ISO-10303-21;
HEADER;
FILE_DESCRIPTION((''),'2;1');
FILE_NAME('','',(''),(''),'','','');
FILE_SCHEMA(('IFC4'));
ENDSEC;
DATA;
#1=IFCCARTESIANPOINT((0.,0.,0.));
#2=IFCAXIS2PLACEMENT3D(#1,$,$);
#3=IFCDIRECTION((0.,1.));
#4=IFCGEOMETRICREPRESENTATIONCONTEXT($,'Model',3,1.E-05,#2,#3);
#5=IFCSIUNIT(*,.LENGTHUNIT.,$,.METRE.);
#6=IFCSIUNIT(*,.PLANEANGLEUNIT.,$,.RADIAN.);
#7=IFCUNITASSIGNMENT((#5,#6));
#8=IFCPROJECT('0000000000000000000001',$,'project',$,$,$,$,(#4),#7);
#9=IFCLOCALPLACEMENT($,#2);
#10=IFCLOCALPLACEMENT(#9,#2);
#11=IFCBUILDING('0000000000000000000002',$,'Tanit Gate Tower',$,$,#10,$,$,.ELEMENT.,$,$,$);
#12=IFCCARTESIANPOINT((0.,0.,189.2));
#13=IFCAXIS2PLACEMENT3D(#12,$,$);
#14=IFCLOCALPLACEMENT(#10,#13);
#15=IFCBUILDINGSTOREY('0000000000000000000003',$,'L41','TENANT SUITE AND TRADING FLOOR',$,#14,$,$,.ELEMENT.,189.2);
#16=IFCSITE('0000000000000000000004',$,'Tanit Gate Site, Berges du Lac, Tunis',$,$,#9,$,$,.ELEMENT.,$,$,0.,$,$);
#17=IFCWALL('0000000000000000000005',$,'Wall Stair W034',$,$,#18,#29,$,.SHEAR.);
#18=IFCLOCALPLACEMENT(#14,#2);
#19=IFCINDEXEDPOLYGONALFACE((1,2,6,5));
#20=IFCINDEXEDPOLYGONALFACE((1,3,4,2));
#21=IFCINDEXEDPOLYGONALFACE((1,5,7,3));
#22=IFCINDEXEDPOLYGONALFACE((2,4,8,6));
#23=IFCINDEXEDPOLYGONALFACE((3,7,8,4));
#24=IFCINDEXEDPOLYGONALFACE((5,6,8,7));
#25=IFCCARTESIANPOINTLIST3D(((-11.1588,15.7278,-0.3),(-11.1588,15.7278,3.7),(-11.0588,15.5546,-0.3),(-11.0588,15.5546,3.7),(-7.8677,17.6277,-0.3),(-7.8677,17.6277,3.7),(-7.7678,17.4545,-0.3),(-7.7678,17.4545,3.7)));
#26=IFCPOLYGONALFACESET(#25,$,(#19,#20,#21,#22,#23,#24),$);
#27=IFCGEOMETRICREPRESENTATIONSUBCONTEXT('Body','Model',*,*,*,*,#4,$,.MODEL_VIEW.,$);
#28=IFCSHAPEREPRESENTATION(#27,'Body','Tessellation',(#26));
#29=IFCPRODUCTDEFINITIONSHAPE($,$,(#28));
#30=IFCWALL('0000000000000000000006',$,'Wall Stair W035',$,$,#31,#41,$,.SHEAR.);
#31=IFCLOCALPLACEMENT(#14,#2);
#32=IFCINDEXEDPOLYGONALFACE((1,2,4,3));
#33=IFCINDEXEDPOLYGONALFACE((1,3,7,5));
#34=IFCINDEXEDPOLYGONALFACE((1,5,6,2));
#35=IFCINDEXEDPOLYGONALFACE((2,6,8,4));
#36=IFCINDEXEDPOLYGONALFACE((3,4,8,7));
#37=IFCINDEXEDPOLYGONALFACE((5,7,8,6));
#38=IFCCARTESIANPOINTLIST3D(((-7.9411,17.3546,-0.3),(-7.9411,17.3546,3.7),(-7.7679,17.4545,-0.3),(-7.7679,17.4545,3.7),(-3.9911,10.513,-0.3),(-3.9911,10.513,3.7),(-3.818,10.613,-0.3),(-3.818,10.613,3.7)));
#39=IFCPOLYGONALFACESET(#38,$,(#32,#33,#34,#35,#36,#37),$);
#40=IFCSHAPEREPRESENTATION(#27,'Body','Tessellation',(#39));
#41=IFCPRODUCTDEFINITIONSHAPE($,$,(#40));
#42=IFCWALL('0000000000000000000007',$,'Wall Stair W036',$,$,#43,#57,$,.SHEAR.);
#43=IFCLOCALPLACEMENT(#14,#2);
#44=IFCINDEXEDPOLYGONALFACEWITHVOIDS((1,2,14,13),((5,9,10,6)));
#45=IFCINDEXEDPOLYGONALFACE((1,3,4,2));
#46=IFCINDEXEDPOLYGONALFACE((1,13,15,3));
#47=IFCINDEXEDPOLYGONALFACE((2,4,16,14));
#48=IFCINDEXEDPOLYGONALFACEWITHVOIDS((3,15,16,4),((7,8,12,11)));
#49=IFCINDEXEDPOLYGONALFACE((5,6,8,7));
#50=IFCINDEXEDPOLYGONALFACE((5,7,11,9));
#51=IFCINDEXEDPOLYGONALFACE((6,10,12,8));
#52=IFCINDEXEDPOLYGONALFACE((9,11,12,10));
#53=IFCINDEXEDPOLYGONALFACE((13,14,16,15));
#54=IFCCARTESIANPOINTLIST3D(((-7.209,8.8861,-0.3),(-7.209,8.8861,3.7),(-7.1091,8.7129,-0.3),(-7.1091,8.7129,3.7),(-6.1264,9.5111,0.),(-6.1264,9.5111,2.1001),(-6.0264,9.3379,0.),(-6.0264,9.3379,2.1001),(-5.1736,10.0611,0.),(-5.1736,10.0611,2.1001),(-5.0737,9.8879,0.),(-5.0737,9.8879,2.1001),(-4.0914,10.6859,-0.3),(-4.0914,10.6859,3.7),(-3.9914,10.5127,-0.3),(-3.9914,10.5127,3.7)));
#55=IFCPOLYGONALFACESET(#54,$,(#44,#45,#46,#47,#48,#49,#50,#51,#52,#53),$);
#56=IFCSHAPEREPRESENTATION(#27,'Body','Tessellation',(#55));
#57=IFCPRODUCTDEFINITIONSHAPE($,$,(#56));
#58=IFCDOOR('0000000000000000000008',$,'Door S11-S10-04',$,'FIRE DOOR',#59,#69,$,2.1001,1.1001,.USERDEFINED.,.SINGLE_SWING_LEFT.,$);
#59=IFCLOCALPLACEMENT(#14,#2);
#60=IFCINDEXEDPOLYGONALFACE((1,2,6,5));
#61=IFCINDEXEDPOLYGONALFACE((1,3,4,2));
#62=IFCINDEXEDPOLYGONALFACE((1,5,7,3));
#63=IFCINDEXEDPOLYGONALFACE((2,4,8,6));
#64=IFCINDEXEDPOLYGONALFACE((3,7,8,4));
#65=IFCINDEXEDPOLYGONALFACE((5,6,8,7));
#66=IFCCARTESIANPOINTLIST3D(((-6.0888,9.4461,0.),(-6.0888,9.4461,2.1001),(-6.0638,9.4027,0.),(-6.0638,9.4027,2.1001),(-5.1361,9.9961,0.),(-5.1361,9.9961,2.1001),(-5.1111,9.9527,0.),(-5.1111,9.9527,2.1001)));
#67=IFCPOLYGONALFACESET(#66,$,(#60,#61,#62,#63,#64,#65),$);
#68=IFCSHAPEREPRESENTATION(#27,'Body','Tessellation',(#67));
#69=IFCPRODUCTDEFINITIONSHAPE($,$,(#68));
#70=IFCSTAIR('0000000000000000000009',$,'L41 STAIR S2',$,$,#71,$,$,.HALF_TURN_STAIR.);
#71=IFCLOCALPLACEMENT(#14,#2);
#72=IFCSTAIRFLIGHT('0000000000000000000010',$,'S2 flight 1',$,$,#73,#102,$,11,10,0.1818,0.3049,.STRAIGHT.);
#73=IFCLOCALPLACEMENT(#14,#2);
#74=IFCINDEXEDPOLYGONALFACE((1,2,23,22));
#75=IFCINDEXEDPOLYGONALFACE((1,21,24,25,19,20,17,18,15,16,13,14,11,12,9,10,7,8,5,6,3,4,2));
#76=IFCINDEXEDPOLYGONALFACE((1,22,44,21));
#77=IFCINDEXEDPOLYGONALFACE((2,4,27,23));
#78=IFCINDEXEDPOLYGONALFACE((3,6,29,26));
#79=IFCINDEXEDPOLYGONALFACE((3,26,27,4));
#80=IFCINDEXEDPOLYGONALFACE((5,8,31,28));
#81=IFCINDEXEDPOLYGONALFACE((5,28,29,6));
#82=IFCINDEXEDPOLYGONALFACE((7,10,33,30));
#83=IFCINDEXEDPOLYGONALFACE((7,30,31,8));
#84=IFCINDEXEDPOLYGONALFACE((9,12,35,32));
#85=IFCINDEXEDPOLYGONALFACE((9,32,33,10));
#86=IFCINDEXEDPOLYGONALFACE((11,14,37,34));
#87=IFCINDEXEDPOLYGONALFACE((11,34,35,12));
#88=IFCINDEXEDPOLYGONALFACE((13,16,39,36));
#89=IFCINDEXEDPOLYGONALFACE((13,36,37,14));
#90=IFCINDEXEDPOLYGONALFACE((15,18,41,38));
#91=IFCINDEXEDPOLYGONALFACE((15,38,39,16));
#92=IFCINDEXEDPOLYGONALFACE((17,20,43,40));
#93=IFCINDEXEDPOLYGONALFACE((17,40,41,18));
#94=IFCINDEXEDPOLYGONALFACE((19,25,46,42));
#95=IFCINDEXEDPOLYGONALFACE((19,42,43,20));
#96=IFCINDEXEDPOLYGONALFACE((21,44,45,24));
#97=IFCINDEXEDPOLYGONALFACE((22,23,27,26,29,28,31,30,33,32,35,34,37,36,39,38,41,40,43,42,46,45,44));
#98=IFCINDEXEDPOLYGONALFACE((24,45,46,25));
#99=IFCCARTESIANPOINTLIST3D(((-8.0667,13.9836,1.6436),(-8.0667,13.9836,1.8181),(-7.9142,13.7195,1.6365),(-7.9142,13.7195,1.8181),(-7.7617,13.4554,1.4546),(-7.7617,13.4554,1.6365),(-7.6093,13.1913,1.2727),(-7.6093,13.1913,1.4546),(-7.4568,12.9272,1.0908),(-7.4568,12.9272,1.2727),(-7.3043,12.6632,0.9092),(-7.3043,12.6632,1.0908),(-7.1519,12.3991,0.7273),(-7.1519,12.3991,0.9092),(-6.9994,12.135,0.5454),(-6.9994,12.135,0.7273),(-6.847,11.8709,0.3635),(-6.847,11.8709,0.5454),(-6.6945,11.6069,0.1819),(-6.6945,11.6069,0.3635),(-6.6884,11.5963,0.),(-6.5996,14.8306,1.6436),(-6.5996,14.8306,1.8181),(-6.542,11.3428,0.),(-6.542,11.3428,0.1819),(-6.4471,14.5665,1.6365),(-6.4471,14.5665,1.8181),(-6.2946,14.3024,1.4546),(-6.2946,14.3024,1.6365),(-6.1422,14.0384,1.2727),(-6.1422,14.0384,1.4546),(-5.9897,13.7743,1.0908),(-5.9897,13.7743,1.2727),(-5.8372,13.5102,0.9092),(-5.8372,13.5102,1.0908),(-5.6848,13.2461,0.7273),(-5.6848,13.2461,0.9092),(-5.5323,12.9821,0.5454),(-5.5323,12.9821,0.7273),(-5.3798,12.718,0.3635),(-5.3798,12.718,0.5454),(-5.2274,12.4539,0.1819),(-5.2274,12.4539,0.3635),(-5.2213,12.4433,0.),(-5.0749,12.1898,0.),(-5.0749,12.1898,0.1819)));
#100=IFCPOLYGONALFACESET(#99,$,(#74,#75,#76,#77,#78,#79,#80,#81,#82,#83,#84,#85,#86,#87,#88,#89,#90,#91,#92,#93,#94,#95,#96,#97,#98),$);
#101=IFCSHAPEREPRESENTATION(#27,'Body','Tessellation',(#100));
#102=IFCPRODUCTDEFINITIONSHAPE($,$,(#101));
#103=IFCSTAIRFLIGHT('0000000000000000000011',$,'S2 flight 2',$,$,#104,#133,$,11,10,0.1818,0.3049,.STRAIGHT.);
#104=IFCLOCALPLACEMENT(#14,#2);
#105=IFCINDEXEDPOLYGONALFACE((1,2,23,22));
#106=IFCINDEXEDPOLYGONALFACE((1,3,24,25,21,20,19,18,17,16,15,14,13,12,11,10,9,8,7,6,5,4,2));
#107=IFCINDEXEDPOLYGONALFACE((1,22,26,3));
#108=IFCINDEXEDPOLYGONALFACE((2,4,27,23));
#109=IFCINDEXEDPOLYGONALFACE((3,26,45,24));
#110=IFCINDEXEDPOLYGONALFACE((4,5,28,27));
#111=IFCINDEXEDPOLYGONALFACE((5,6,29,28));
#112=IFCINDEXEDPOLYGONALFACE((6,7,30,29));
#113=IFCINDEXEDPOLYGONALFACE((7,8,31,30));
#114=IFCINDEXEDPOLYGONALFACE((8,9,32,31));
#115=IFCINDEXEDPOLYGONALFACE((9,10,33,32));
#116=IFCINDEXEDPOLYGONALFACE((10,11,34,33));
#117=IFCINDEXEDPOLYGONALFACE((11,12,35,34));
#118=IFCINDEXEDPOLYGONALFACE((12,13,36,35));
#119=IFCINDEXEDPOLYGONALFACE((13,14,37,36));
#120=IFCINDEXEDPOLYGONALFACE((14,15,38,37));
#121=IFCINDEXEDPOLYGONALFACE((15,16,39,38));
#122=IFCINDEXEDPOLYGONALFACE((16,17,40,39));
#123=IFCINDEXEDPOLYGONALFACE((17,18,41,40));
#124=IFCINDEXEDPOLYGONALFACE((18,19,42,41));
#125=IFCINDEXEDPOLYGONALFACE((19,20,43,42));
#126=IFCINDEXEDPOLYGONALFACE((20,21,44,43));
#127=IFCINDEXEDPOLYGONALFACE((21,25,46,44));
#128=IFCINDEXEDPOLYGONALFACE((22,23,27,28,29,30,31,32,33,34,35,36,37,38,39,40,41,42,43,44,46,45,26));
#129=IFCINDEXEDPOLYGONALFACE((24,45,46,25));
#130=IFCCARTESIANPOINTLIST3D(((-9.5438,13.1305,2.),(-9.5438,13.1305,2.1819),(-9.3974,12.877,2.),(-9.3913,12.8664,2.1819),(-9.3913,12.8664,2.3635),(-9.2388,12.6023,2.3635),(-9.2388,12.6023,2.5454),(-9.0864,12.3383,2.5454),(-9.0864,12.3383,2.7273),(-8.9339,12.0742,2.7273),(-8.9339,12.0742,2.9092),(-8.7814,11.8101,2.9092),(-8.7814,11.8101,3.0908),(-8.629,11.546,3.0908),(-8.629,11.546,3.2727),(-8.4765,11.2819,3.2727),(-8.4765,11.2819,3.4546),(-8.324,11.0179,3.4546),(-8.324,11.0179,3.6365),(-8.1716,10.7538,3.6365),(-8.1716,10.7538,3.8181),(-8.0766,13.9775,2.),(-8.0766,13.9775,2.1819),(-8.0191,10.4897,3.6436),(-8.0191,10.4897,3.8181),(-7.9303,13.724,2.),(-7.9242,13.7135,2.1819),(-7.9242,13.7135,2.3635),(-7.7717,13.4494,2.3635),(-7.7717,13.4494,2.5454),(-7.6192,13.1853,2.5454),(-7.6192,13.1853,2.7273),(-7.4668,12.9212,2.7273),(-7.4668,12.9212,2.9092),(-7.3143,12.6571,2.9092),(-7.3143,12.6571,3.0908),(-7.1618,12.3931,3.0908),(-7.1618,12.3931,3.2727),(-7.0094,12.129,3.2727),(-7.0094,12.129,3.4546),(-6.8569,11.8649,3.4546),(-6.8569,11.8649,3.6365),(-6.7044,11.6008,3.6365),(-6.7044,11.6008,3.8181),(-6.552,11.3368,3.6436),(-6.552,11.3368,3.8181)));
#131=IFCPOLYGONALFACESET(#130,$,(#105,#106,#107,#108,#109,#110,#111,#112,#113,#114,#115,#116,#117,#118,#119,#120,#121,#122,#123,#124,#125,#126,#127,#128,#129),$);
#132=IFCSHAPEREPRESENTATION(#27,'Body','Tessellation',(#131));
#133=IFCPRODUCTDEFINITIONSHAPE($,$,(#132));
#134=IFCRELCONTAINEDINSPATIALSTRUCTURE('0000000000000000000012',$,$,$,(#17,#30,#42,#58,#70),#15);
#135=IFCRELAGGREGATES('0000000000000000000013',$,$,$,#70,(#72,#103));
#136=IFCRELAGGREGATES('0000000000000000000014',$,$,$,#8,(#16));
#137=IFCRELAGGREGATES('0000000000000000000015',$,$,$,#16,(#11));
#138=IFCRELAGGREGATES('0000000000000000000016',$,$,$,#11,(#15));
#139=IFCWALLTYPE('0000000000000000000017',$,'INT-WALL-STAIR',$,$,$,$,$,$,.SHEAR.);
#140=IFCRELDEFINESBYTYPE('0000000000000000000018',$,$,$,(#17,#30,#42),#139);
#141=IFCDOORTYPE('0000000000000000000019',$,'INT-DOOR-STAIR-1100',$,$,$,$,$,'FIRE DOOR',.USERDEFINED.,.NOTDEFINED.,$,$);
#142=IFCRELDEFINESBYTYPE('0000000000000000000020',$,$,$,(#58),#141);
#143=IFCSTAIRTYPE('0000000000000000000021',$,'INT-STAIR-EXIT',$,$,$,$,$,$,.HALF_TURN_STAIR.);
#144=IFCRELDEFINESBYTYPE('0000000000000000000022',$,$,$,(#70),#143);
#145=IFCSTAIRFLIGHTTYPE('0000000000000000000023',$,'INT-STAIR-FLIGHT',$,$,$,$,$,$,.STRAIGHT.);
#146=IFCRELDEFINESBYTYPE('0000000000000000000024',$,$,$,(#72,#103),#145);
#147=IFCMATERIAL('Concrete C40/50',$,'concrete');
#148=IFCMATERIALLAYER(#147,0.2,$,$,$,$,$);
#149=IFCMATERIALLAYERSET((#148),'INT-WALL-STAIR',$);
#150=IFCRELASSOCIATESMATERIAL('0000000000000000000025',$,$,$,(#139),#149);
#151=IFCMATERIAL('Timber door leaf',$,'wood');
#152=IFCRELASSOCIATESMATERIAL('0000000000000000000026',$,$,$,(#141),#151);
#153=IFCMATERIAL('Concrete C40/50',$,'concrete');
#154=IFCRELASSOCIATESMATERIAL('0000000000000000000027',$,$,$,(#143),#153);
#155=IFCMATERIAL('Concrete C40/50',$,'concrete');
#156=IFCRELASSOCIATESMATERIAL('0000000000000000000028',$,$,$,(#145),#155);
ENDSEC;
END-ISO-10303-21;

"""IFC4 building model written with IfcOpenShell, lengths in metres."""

from ifc_helpers import new_model, si_unit, direction, frame, frame_2d, origin, place, context, subcontext, project, spatial, polyline, rectangle, outline, extrude, material, layer, layer_set, type_object, element, fill, aggregate, save


model = new_model("IFC4")

# Units and contexts
model_context = context("Model", 3, precision=1e-05, world=origin(), true_north=direction((0.0, 1.0)))
body_context = subcontext(model_context, "Body", "Model", "MODEL_VIEW")
ifc_project = project(units=[si_unit("LENGTHUNIT", "METRE"), si_unit("PLANEANGLEUNIT", "RADIAN")], contexts=[model_context])

# Site, building, storey
site_placement = place(None, origin())
site = spatial("IfcSite", under=ifc_project, at=site_placement, Name="Tanit Gate Site, Berges du Lac, Tunis", CompositionType="ELEMENT", RefElevation=0.0)
building_placement = place(site_placement, origin())
building = spatial("IfcBuilding", under=site, at=building_placement, Name="Tanit Gate Tower", CompositionType="ELEMENT")
storey_placement = place(building_placement, frame((0.0, 0.0, 189.2)))
storey = spatial("IfcBuildingStorey", under=building, at=storey_placement, Name="L41", Description="TENANT SUITE AND TRADING FLOOR", CompositionType="ELEMENT", Elevation=189.2)

# Walls
ifc_material_1 = material(Name="Concrete C40/50", Category="concrete")
ifc_layer_1 = layer(ifc_material_1, 0.2)
ifc_layer_set_1 = layer_set([ifc_layer_1], Name="INT-WALL-STAIR")
wall_type_1 = type_object("IfcWallType", Name="INT-WALL-STAIR", PredefinedType="SHEAR", material=ifc_layer_set_1)
wall_1_placement = place(storey_placement, frame((-7.8179, 17.541, -0.3), z_axis=(0.0, 0.0, 1.0), x_axis=(-0.866044, -0.499967, 0.0)))
element("IfcWall", 1, at=wall_1_placement, inside=storey, type_object=wall_type_1, Name="Wall Stair W034", PredefinedType="SHEAR", context=body_context, shape_type="SweptSolid", body=[
    extrude(rectangle(XDim=3.8, YDim=0.2, at=frame_2d((1.8999, 0.0))), origin(), (0.0, 0.0, 1.0), 4.0),
])
wall_2_placement = place(storey_placement, frame((-7.8545, 17.4045, -0.3), z_axis=(0.0, 0.0, 1.0), x_axis=(0.499998, -0.866027, 0.0)))
element("IfcWall", 2, at=wall_2_placement, inside=storey, type_object=wall_type_1, Name="Wall Stair W035", PredefinedType="SHEAR", context=body_context, shape_type="SweptSolid", body=[
    extrude(rectangle(XDim=7.8999, YDim=0.2, at=frame_2d((3.95, 0.0))), origin(), (0.0, 0.0, 1.0), 4.0),
])

# Wall, opening, door
wall_3_placement = place(storey_placement, frame((-7.1589, 8.7996, -0.3), z_axis=(0.0, 0.0, 1.0), x_axis=(0.866048, 0.499961, 0.0)))
wall_3 = element("IfcWall", 3, at=wall_3_placement, inside=storey, type_object=wall_type_1, Name="Wall Stair W036", PredefinedType="SHEAR", context=body_context, shape_type="SweptSolid", body=[
    extrude(rectangle(XDim=3.5999, YDim=0.2, at=frame_2d((1.7998, 0.0))), origin(), (0.0, 0.0, 1.0), 4.0),
])
opening_1_placement = place(wall_3_placement, frame((1.25, 0.0, 0.3)))
opening_1 = element("IfcOpeningElement", 4, at=opening_1_placement, cuts=wall_3, PredefinedType="OPENING", context=body_context, shape_type="SweptSolid", body=[
    extrude(rectangle(XDim=1.1001, YDim=2.1001, at=frame_2d((0.55, 1.05))), frame((0.0, 0.1099, 0.0), z_axis=(0.0, -1.0, 0.0), x_axis=(1.0, 0.0, 0.0)), (0.0, 0.0, 1.0), 0.22),
])
ifc_material_2 = material(Name="Timber door leaf", Category="wood")
door_type_1 = type_object("IfcDoorType", Name="INT-DOOR-STAIR-1100", ElementType="FIRE DOOR", OperationType="NOTDEFINED", PredefinedType="USERDEFINED", material=ifc_material_2)
door_1_placement = place(opening_1_placement, origin())
door_1 = element("IfcDoor", 5, at=door_1_placement, inside=storey, type_object=door_type_1, Name="Door S11-S10-04", ObjectType="FIRE DOOR", OperationType="SINGLE_SWING_LEFT", OverallHeight=2.1001, OverallWidth=1.1001, PredefinedType="USERDEFINED", context=body_context, shape_type="SweptSolid", body=[
    extrude(rectangle(XDim=1.1001, YDim=2.1001, at=frame_2d((0.55, 1.05))), frame((0.0, 0.0249, 0.0), z_axis=(0.0, -1.0, 0.0), x_axis=(1.0, 0.0, 0.0)), (0.0, 0.0, 1.0), 0.05),
])
fill(opening_1, door_1)

# Stair, stair flights
ifc_material_3 = material(Name="Concrete C40/50", Category="concrete")
stair_type = type_object("IfcStairType", Name="INT-STAIR-EXIT", PredefinedType="HALF_TURN_STAIR", material=ifc_material_3)
stair_placement = place(storey_placement, origin())
stair = element("IfcStair", 6, at=stair_placement, inside=storey, type_object=stair_type, Name="L41 STAIR S2", PredefinedType="HALF_TURN_STAIR")
ifc_material_4 = material(Name="Concrete C40/50", Category="concrete")
stair_flight_type = type_object("IfcStairFlightType", Name="INT-STAIR-FLIGHT", PredefinedType="STRAIGHT", material=ifc_material_4)
stair_flight_1_placement = place(storey_placement, frame((-5.8083, 11.7664, 0.0), z_axis=(0.0, 0.0, 1.0), x_axis=(-0.5, 0.866025, 0.0)))
stair_flight_1 = element("IfcStairFlight", 7, at=stair_flight_1_placement, type_object=stair_flight_type, Name="S2 flight 1", NumberOfRisers=11, NumberOfTreads=10, PredefinedType="STRAIGHT", RiserHeight=0.1818, TreadLength=0.3049, context=body_context, shape_type="SweptSolid", body=[
    extrude(outline(polyline([(0.0, 0.0), (0.0, 0.1819), (0.3049, 0.1819), (0.3049, 0.3635), (0.6099, 0.3635), (0.6099, 0.5454), (0.9148, 0.5454), (0.9148, 0.7273), (1.2197, 0.7273), (1.2197, 0.9092), (1.5247, 0.9092), (1.5247, 1.0908), (1.8296, 1.0908), (1.8296, 1.2727), (2.1345, 1.2727), (2.1345, 1.4546), (2.4395, 1.4546), (2.4395, 1.6365), (2.7444, 1.6365), (2.7444, 1.8181), (3.0493, 1.8181), (3.0493, 2.0), (3.0493, 1.6436), (0.2927, 0.0), (0.0, 0.0)])), frame((0.0, 0.8472, 0.0), z_axis=(0.0, -1.0, 0.0), x_axis=(1.0, 0.0, 0.0)), (0.0, 0.0, 1.0), 1.6941),
])
stair_flight_2_placement = place(storey_placement, frame((-8.8103, 13.554, 2.0), z_axis=(0.0, 0.0, 1.0), x_axis=(0.5, -0.866025, 0.0)))
stair_flight_2 = element("IfcStairFlight", 8, at=stair_flight_2_placement, type_object=stair_flight_type, Name="S2 flight 2", NumberOfRisers=11, NumberOfTreads=10, PredefinedType="STRAIGHT", RiserHeight=0.1818, TreadLength=0.3049, context=body_context, shape_type="SweptSolid", body=[
    extrude(outline(polyline([(0.0, 0.0), (0.0, 0.1819), (0.3049, 0.1819), (0.3049, 0.3635), (0.6099, 0.3635), (0.6099, 0.5454), (0.9148, 0.5454), (0.9148, 0.7273), (1.2197, 0.7273), (1.2197, 0.9092), (1.5247, 0.9092), (1.5247, 1.0908), (1.8296, 1.0908), (1.8296, 1.2727), (2.1345, 1.2727), (2.1345, 1.4546), (2.4395, 1.4546), (2.4395, 1.6365), (2.7444, 1.6365), (2.7444, 1.8181), (3.0493, 1.8181), (3.0493, 2.0), (3.0493, 1.6436), (0.2927, 0.0), (0.0, 0.0)])), frame((0.0, 0.8472, 0.0), z_axis=(0.0, -1.0, 0.0), x_axis=(1.0, 0.0, 0.0)), (0.0, 0.0, 1.0), 1.6941),
])
aggregate(stair, [stair_flight_1, stair_flight_2])

save(model, "model.ifc")
